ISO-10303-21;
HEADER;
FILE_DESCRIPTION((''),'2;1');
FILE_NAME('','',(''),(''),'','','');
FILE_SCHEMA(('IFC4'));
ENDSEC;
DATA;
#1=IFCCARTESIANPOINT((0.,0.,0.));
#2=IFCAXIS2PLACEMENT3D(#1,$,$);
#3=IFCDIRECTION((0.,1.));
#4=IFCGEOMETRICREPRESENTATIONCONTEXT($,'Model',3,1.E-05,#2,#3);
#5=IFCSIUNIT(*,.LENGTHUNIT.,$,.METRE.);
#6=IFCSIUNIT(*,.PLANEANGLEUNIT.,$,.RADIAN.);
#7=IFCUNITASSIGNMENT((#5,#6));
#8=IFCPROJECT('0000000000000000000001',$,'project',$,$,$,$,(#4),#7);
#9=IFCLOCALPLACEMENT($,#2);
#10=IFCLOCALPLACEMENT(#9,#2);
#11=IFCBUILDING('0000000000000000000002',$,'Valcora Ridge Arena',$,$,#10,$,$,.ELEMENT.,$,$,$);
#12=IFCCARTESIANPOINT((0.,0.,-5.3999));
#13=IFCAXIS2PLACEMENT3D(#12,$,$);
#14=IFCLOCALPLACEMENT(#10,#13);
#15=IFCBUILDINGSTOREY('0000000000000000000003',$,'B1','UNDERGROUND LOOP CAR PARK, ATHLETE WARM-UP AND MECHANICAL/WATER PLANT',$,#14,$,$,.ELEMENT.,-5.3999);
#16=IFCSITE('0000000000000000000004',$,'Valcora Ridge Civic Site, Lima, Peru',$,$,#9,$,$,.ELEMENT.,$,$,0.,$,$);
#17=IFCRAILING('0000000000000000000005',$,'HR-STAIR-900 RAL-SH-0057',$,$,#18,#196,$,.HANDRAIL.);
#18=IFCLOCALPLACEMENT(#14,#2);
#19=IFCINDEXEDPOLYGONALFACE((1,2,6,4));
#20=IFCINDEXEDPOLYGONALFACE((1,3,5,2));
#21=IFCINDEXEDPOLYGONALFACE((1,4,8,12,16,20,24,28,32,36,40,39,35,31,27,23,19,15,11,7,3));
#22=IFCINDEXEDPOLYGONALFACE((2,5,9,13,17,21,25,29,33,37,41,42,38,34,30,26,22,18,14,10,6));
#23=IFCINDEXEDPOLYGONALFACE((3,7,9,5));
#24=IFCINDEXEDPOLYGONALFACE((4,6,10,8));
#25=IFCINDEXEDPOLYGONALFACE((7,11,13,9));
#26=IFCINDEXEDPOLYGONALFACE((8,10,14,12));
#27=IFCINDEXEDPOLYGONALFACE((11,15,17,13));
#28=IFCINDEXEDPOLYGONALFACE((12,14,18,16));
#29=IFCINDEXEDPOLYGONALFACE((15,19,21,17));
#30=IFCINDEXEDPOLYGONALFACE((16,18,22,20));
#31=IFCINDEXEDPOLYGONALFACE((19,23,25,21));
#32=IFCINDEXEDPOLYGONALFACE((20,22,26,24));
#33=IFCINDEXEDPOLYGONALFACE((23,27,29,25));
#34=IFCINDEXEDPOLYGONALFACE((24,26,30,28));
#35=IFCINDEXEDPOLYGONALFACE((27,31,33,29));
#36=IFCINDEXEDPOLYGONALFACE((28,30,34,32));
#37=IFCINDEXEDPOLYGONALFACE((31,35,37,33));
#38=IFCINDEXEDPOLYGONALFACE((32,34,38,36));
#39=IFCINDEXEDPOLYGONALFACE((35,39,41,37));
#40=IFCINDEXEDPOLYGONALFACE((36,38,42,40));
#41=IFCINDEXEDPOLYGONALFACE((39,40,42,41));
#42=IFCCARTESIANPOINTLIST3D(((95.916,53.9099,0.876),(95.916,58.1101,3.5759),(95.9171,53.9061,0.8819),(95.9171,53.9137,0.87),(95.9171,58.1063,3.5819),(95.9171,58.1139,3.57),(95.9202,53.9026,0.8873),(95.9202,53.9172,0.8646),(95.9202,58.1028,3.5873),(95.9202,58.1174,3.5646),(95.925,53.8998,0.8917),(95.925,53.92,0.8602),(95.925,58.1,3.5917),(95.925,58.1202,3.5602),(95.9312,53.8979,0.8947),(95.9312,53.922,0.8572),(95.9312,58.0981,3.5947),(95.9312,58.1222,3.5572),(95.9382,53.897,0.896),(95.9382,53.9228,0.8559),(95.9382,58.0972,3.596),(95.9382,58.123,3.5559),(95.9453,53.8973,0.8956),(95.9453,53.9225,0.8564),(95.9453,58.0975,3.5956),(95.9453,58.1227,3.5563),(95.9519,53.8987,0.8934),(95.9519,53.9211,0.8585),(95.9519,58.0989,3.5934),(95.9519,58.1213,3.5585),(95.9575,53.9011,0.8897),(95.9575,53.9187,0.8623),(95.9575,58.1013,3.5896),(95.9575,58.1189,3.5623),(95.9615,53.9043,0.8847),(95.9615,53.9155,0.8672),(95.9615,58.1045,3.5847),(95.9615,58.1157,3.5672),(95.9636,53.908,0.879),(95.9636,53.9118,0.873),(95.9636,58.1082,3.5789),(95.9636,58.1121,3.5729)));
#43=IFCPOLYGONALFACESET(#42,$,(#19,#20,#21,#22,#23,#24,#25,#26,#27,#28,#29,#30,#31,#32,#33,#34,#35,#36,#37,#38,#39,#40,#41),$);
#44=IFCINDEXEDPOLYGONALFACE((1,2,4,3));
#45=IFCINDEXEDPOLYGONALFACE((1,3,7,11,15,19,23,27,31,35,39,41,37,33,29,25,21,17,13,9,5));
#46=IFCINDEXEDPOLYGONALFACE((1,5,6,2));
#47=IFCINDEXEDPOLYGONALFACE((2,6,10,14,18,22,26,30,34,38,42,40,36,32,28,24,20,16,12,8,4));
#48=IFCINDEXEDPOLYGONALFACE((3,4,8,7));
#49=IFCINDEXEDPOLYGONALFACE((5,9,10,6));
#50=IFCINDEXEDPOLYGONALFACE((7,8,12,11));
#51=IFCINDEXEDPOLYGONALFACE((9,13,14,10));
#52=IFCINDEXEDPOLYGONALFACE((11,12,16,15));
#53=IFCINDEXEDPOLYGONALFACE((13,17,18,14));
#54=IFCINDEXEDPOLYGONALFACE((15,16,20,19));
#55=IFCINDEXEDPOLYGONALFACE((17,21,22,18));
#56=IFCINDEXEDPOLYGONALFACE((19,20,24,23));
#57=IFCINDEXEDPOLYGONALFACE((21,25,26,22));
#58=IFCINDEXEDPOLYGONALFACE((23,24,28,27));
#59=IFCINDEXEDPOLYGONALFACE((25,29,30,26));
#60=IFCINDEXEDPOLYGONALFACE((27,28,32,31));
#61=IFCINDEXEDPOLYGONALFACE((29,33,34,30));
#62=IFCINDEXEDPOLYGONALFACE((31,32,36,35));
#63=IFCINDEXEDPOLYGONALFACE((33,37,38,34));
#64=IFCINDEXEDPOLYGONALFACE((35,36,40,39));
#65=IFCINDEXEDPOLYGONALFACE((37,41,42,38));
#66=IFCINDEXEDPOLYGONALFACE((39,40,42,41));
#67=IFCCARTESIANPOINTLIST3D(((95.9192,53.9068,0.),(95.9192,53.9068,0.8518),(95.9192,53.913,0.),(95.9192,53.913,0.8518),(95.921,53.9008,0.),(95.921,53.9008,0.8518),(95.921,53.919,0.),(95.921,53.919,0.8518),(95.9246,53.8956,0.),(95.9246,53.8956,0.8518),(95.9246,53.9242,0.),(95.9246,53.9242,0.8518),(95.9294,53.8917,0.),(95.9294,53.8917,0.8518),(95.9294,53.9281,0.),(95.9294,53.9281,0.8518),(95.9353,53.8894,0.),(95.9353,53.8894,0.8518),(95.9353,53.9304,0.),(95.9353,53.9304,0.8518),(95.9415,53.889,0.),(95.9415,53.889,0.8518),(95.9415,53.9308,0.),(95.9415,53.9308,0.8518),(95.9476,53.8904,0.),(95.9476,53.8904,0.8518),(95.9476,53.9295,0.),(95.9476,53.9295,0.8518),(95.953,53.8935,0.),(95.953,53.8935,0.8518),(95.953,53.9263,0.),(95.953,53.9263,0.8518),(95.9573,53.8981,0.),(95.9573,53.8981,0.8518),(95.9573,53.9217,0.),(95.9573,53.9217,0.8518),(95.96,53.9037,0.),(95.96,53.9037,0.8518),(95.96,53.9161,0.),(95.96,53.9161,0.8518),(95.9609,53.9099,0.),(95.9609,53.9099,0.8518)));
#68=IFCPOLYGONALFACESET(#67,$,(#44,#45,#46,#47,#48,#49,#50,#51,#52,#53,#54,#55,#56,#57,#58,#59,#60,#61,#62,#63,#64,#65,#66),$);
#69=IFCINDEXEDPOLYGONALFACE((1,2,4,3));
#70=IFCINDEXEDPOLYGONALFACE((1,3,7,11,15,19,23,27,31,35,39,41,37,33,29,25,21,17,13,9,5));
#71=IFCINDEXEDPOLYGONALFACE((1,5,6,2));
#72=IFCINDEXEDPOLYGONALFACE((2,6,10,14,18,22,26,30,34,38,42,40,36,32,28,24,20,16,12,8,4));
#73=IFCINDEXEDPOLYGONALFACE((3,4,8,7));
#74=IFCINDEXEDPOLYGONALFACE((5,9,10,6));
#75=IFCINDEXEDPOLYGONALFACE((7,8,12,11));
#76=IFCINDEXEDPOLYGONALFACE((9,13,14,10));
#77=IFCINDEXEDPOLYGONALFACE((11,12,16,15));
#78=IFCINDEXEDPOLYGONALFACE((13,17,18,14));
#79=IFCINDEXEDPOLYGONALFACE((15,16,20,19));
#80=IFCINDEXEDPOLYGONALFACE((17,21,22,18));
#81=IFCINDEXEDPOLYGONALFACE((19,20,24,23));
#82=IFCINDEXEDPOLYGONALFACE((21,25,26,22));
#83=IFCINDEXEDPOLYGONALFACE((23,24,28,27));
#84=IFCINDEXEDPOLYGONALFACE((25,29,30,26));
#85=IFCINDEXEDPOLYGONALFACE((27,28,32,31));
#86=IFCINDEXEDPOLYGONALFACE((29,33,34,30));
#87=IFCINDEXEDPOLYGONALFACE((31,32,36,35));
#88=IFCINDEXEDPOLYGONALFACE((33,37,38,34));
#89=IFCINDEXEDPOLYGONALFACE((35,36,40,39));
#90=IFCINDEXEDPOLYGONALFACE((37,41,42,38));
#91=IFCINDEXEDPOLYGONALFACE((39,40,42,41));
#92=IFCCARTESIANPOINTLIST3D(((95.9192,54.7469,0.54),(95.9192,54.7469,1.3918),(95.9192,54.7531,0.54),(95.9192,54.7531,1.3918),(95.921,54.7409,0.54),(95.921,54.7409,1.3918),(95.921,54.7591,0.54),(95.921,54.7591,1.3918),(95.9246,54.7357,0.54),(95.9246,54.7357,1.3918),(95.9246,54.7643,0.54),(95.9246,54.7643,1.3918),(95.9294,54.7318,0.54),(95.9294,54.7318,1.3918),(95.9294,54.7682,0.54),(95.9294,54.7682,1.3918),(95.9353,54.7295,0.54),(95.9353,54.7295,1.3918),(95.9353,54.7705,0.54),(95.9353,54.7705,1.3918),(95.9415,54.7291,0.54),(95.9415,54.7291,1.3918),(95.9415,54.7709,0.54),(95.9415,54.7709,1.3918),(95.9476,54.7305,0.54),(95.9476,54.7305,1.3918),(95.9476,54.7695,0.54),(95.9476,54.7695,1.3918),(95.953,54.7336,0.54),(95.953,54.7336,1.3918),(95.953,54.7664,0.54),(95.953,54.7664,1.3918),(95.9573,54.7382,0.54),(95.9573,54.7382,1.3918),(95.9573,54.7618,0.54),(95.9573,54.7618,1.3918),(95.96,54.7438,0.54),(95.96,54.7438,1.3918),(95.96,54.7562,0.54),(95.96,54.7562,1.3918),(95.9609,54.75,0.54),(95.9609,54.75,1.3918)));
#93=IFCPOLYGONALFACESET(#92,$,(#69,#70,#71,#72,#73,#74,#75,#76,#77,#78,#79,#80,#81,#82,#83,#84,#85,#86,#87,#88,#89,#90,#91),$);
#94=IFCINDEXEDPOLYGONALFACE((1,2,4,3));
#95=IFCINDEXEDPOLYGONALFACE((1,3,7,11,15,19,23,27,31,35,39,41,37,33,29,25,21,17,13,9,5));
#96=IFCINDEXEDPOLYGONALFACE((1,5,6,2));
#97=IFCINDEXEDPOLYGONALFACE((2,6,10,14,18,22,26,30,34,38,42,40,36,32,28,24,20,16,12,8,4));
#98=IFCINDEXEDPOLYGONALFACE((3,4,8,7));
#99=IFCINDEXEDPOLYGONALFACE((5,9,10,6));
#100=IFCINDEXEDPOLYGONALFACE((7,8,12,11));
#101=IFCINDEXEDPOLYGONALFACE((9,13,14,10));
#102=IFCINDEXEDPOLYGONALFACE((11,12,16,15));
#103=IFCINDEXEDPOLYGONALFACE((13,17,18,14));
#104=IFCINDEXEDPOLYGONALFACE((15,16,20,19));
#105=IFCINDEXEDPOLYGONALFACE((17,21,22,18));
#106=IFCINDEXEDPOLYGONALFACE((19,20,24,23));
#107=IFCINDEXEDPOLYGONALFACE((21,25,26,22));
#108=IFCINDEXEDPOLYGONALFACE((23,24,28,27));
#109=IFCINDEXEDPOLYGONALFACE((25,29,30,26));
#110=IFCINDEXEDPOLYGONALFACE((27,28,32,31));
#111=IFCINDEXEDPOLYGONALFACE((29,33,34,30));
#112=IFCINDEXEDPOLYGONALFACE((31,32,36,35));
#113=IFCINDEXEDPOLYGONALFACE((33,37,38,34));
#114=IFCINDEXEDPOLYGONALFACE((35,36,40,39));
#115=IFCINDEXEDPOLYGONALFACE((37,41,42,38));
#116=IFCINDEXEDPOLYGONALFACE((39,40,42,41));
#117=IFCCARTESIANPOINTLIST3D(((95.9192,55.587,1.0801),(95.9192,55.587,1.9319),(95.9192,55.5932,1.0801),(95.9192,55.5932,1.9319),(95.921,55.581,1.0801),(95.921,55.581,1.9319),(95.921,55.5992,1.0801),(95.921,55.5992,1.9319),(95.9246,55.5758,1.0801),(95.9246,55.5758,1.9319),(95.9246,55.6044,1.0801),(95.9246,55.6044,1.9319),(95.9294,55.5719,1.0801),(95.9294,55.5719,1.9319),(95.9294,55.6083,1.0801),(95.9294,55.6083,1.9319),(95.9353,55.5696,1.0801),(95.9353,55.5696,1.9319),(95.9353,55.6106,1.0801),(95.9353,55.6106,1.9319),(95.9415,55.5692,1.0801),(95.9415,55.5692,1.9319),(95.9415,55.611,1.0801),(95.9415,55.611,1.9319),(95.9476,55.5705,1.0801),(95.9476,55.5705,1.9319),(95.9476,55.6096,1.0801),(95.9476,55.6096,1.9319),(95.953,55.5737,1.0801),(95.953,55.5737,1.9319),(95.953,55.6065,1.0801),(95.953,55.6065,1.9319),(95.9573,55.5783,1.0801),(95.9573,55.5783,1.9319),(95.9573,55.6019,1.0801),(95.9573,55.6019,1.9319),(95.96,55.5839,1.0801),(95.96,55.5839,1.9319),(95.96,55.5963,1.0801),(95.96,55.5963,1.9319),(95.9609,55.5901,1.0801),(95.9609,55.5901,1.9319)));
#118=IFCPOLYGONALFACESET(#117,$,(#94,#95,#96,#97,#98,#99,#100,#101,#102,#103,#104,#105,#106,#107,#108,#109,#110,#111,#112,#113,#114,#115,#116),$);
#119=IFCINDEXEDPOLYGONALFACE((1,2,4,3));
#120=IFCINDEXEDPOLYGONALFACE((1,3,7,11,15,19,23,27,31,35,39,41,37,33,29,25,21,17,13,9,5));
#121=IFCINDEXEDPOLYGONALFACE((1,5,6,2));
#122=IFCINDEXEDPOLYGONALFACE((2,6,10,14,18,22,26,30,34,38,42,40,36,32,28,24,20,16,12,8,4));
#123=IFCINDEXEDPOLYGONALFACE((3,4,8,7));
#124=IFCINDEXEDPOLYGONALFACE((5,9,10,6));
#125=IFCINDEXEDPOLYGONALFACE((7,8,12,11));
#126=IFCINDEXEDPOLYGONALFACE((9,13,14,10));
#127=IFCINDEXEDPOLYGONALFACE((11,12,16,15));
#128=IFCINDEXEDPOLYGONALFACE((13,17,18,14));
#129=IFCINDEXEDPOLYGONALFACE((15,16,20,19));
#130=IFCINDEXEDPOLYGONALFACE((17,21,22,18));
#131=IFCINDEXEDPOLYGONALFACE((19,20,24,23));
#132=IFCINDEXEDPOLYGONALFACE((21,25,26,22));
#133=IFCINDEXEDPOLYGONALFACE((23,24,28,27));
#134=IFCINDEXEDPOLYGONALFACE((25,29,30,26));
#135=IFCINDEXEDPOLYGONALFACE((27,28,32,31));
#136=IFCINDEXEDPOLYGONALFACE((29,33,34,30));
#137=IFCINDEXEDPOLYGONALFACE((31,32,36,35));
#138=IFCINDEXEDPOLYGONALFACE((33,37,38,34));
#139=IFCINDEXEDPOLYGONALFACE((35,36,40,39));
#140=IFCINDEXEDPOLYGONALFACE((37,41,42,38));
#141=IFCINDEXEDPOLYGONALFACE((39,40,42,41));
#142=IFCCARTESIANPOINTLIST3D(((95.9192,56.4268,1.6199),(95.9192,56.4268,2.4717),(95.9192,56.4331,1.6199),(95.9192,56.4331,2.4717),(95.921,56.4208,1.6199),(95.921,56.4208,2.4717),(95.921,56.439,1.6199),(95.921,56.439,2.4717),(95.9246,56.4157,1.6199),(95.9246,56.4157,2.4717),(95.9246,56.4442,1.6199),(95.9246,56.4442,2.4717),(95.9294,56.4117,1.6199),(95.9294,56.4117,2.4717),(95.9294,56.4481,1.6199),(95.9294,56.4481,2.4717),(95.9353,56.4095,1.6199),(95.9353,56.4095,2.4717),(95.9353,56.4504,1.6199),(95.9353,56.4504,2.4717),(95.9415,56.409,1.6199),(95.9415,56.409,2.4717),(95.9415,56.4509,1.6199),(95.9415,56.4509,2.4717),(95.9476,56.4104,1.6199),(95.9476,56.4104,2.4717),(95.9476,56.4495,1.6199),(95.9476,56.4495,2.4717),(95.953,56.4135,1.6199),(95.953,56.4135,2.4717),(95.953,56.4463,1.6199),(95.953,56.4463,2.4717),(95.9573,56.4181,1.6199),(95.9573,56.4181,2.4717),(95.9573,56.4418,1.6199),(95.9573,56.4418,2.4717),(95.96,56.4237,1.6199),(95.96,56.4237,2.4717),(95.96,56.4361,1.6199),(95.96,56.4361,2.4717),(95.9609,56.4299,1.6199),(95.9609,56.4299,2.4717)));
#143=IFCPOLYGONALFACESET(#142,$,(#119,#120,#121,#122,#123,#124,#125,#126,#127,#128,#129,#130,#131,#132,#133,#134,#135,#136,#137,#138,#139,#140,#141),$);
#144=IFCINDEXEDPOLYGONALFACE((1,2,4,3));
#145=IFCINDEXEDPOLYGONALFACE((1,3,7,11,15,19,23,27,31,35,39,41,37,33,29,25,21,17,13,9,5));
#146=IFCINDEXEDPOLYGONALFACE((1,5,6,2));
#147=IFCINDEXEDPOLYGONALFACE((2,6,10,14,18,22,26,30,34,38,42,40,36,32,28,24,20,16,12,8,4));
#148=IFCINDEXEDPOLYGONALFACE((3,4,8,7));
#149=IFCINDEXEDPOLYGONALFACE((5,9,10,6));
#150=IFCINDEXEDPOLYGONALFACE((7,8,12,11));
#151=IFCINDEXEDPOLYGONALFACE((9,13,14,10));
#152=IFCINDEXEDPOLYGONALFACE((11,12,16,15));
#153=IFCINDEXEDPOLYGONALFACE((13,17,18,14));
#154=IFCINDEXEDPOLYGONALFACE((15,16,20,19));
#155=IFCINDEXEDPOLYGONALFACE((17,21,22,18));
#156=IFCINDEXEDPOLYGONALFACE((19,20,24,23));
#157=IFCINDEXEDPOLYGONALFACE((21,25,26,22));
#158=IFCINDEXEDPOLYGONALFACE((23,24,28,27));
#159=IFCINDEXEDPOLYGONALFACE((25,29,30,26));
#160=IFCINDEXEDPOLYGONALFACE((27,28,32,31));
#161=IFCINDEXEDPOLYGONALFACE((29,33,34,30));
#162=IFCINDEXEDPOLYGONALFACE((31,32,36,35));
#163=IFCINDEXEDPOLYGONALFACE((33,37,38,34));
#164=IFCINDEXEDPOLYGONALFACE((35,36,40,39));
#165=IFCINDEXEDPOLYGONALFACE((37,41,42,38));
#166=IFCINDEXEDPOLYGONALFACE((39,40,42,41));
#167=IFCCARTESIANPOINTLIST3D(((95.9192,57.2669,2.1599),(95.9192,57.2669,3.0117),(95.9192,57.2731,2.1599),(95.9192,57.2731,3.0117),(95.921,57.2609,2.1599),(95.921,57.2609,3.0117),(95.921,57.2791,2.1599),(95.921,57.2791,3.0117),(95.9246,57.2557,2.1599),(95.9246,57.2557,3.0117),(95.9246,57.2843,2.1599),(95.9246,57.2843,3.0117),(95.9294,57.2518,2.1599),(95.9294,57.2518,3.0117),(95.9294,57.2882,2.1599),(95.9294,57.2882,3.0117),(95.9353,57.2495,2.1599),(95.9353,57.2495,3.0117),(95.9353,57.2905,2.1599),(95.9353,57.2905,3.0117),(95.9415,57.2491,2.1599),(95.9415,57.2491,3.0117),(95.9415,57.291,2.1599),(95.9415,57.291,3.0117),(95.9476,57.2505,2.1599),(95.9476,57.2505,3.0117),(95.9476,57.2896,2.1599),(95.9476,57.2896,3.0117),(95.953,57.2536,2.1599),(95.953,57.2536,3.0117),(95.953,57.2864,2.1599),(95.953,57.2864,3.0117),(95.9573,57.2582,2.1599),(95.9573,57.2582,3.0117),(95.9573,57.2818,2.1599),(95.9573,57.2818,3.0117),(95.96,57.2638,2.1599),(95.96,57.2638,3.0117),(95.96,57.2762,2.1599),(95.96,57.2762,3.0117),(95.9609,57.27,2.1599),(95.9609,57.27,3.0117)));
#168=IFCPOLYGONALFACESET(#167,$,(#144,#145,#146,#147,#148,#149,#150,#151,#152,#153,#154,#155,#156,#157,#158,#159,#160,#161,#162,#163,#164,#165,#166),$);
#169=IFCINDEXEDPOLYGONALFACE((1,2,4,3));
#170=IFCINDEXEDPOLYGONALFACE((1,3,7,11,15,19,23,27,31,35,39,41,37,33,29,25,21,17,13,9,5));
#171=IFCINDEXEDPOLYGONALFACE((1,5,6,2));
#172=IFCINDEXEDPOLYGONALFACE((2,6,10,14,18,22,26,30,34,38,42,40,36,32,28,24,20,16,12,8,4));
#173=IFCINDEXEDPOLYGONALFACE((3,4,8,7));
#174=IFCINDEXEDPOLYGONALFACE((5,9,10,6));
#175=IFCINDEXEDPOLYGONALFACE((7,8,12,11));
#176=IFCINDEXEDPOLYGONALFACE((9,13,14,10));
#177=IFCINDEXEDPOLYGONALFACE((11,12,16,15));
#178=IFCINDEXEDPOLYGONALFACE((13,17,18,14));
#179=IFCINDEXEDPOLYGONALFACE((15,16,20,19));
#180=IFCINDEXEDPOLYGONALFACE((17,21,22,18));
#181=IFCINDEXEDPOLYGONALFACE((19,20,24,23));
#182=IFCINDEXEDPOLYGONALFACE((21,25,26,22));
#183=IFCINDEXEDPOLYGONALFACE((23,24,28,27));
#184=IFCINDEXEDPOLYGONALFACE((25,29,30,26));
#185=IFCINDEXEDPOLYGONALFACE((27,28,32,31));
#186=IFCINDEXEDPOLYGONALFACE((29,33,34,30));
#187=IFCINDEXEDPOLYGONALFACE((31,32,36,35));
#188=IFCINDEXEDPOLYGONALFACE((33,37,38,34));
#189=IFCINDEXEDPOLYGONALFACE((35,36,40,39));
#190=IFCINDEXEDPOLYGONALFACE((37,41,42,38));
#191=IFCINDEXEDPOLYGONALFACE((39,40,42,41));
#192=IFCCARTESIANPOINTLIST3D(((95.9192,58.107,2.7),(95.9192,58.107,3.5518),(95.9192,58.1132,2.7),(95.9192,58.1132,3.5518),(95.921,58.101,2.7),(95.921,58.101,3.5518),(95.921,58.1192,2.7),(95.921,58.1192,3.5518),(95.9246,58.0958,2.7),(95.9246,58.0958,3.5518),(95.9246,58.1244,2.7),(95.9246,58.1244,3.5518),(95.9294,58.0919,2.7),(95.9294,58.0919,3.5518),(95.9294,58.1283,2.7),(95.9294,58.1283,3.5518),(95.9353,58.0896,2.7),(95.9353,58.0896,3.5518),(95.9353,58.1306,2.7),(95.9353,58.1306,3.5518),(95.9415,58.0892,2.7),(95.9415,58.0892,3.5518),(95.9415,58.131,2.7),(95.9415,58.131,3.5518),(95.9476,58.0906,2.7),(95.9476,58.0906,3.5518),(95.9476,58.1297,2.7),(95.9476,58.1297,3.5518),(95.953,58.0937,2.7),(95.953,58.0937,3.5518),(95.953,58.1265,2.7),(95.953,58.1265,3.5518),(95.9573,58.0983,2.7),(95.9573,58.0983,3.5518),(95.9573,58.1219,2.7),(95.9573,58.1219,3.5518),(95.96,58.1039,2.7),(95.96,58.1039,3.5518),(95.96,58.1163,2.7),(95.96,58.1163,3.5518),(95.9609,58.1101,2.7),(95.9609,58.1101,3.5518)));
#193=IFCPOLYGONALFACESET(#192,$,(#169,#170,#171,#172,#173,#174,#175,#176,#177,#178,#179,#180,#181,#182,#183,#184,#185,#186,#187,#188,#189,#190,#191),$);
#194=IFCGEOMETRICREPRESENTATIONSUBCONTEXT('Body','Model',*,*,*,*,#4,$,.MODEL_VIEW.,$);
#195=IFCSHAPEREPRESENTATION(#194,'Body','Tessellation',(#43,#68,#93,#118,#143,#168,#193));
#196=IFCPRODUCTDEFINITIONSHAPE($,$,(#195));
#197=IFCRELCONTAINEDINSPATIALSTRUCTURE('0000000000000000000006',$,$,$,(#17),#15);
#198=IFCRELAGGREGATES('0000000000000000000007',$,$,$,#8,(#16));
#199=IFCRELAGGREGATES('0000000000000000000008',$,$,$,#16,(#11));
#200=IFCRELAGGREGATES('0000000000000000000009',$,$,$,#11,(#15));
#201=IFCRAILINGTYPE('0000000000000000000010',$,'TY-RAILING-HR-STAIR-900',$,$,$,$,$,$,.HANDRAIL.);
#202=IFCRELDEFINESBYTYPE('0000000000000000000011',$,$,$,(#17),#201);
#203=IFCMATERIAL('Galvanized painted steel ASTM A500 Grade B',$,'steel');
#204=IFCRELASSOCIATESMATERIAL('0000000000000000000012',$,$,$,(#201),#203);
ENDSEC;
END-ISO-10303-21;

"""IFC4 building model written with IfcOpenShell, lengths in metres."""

from ifc_helpers import new_model, si_unit, direction, frame, origin, origin_2d, place, context, subcontext, project, spatial, circle, extrude, material, type_object, element, save


model = new_model("IFC4")

# Units and contexts
model_context = context("Model", 3, precision=1e-05, world=origin(), true_north=direction((0.0, 1.0)))
body_context = subcontext(model_context, "Body", "Model", "MODEL_VIEW")
ifc_project = project(units=[si_unit("LENGTHUNIT", "METRE"), si_unit("PLANEANGLEUNIT", "RADIAN")], contexts=[model_context])

# Site, building, storey
site_placement = place(None, origin())
site = spatial("IfcSite", under=ifc_project, at=site_placement, Name="Valcora Ridge Civic Site, Lima, Peru", CompositionType="ELEMENT", RefElevation=0.0)
building_placement = place(site_placement, origin())
building = spatial("IfcBuilding", under=site, at=building_placement, Name="Valcora Ridge Arena", CompositionType="ELEMENT")
storey_placement = place(building_placement, frame((0.0, 0.0, -5.3999)))
storey = spatial("IfcBuildingStorey", under=building, at=storey_placement, Name="B1", Description="UNDERGROUND LOOP CAR PARK, ATHLETE WARM-UP AND MECHANICAL/WATER PLANT", CompositionType="ELEMENT", Elevation=-5.3999)

# Railing
ifc_material_1 = material(Name="Galvanized painted steel ASTM A500 Grade B", Category="steel")
railing_type_1 = type_object("IfcRailingType", Name="TY-RAILING-HR-STAIR-900", PredefinedType="HANDRAIL", material=ifc_material_1)
railing_1_placement = place(storey_placement, frame((95.9399, 53.9099, 0.0)))
element("IfcRailing", 1, at=railing_1_placement, inside=storey, type_object=railing_type_1, Name="HR-STAIR-900 RAL-SH-0057", PredefinedType="HANDRAIL", context=body_context, shape_type="SweptSolid", body=[
    extrude(circle(Radius=0.0239, at=origin_2d()), frame((0.0, 0.0, 0.876), z_axis=(0.0, 0.841194, 0.540733), x_axis=(-1.0, 0.0, 0.0)), (0.0, 0.0, 1.0), 4.9932),
    extrude(circle(Radius=0.021, at=origin_2d()), origin(), (0.0, 0.0, 1.0), 0.8518),
    extrude(circle(Radius=0.021, at=origin_2d()), frame((0.0, 0.8401, 0.54)), (0.0, 0.0, 1.0), 0.8518),
    extrude(circle(Radius=0.021, at=origin_2d()), frame((0.0, 1.6802, 1.0801)), (0.0, 0.0, 1.0), 0.8518),
    extrude(circle(Radius=0.021, at=origin_2d()), frame((0.0, 2.52, 1.6199)), (0.0, 0.0, 1.0), 0.8518),
    extrude(circle(Radius=0.021, at=origin_2d()), frame((0.0, 3.3601, 2.1599)), (0.0, 0.0, 1.0), 0.8518),
    extrude(circle(Radius=0.021, at=origin_2d()), frame((0.0, 4.2002, 2.7)), (0.0, 0.0, 1.0), 0.8518),
])

save(model, "model.ifc")
